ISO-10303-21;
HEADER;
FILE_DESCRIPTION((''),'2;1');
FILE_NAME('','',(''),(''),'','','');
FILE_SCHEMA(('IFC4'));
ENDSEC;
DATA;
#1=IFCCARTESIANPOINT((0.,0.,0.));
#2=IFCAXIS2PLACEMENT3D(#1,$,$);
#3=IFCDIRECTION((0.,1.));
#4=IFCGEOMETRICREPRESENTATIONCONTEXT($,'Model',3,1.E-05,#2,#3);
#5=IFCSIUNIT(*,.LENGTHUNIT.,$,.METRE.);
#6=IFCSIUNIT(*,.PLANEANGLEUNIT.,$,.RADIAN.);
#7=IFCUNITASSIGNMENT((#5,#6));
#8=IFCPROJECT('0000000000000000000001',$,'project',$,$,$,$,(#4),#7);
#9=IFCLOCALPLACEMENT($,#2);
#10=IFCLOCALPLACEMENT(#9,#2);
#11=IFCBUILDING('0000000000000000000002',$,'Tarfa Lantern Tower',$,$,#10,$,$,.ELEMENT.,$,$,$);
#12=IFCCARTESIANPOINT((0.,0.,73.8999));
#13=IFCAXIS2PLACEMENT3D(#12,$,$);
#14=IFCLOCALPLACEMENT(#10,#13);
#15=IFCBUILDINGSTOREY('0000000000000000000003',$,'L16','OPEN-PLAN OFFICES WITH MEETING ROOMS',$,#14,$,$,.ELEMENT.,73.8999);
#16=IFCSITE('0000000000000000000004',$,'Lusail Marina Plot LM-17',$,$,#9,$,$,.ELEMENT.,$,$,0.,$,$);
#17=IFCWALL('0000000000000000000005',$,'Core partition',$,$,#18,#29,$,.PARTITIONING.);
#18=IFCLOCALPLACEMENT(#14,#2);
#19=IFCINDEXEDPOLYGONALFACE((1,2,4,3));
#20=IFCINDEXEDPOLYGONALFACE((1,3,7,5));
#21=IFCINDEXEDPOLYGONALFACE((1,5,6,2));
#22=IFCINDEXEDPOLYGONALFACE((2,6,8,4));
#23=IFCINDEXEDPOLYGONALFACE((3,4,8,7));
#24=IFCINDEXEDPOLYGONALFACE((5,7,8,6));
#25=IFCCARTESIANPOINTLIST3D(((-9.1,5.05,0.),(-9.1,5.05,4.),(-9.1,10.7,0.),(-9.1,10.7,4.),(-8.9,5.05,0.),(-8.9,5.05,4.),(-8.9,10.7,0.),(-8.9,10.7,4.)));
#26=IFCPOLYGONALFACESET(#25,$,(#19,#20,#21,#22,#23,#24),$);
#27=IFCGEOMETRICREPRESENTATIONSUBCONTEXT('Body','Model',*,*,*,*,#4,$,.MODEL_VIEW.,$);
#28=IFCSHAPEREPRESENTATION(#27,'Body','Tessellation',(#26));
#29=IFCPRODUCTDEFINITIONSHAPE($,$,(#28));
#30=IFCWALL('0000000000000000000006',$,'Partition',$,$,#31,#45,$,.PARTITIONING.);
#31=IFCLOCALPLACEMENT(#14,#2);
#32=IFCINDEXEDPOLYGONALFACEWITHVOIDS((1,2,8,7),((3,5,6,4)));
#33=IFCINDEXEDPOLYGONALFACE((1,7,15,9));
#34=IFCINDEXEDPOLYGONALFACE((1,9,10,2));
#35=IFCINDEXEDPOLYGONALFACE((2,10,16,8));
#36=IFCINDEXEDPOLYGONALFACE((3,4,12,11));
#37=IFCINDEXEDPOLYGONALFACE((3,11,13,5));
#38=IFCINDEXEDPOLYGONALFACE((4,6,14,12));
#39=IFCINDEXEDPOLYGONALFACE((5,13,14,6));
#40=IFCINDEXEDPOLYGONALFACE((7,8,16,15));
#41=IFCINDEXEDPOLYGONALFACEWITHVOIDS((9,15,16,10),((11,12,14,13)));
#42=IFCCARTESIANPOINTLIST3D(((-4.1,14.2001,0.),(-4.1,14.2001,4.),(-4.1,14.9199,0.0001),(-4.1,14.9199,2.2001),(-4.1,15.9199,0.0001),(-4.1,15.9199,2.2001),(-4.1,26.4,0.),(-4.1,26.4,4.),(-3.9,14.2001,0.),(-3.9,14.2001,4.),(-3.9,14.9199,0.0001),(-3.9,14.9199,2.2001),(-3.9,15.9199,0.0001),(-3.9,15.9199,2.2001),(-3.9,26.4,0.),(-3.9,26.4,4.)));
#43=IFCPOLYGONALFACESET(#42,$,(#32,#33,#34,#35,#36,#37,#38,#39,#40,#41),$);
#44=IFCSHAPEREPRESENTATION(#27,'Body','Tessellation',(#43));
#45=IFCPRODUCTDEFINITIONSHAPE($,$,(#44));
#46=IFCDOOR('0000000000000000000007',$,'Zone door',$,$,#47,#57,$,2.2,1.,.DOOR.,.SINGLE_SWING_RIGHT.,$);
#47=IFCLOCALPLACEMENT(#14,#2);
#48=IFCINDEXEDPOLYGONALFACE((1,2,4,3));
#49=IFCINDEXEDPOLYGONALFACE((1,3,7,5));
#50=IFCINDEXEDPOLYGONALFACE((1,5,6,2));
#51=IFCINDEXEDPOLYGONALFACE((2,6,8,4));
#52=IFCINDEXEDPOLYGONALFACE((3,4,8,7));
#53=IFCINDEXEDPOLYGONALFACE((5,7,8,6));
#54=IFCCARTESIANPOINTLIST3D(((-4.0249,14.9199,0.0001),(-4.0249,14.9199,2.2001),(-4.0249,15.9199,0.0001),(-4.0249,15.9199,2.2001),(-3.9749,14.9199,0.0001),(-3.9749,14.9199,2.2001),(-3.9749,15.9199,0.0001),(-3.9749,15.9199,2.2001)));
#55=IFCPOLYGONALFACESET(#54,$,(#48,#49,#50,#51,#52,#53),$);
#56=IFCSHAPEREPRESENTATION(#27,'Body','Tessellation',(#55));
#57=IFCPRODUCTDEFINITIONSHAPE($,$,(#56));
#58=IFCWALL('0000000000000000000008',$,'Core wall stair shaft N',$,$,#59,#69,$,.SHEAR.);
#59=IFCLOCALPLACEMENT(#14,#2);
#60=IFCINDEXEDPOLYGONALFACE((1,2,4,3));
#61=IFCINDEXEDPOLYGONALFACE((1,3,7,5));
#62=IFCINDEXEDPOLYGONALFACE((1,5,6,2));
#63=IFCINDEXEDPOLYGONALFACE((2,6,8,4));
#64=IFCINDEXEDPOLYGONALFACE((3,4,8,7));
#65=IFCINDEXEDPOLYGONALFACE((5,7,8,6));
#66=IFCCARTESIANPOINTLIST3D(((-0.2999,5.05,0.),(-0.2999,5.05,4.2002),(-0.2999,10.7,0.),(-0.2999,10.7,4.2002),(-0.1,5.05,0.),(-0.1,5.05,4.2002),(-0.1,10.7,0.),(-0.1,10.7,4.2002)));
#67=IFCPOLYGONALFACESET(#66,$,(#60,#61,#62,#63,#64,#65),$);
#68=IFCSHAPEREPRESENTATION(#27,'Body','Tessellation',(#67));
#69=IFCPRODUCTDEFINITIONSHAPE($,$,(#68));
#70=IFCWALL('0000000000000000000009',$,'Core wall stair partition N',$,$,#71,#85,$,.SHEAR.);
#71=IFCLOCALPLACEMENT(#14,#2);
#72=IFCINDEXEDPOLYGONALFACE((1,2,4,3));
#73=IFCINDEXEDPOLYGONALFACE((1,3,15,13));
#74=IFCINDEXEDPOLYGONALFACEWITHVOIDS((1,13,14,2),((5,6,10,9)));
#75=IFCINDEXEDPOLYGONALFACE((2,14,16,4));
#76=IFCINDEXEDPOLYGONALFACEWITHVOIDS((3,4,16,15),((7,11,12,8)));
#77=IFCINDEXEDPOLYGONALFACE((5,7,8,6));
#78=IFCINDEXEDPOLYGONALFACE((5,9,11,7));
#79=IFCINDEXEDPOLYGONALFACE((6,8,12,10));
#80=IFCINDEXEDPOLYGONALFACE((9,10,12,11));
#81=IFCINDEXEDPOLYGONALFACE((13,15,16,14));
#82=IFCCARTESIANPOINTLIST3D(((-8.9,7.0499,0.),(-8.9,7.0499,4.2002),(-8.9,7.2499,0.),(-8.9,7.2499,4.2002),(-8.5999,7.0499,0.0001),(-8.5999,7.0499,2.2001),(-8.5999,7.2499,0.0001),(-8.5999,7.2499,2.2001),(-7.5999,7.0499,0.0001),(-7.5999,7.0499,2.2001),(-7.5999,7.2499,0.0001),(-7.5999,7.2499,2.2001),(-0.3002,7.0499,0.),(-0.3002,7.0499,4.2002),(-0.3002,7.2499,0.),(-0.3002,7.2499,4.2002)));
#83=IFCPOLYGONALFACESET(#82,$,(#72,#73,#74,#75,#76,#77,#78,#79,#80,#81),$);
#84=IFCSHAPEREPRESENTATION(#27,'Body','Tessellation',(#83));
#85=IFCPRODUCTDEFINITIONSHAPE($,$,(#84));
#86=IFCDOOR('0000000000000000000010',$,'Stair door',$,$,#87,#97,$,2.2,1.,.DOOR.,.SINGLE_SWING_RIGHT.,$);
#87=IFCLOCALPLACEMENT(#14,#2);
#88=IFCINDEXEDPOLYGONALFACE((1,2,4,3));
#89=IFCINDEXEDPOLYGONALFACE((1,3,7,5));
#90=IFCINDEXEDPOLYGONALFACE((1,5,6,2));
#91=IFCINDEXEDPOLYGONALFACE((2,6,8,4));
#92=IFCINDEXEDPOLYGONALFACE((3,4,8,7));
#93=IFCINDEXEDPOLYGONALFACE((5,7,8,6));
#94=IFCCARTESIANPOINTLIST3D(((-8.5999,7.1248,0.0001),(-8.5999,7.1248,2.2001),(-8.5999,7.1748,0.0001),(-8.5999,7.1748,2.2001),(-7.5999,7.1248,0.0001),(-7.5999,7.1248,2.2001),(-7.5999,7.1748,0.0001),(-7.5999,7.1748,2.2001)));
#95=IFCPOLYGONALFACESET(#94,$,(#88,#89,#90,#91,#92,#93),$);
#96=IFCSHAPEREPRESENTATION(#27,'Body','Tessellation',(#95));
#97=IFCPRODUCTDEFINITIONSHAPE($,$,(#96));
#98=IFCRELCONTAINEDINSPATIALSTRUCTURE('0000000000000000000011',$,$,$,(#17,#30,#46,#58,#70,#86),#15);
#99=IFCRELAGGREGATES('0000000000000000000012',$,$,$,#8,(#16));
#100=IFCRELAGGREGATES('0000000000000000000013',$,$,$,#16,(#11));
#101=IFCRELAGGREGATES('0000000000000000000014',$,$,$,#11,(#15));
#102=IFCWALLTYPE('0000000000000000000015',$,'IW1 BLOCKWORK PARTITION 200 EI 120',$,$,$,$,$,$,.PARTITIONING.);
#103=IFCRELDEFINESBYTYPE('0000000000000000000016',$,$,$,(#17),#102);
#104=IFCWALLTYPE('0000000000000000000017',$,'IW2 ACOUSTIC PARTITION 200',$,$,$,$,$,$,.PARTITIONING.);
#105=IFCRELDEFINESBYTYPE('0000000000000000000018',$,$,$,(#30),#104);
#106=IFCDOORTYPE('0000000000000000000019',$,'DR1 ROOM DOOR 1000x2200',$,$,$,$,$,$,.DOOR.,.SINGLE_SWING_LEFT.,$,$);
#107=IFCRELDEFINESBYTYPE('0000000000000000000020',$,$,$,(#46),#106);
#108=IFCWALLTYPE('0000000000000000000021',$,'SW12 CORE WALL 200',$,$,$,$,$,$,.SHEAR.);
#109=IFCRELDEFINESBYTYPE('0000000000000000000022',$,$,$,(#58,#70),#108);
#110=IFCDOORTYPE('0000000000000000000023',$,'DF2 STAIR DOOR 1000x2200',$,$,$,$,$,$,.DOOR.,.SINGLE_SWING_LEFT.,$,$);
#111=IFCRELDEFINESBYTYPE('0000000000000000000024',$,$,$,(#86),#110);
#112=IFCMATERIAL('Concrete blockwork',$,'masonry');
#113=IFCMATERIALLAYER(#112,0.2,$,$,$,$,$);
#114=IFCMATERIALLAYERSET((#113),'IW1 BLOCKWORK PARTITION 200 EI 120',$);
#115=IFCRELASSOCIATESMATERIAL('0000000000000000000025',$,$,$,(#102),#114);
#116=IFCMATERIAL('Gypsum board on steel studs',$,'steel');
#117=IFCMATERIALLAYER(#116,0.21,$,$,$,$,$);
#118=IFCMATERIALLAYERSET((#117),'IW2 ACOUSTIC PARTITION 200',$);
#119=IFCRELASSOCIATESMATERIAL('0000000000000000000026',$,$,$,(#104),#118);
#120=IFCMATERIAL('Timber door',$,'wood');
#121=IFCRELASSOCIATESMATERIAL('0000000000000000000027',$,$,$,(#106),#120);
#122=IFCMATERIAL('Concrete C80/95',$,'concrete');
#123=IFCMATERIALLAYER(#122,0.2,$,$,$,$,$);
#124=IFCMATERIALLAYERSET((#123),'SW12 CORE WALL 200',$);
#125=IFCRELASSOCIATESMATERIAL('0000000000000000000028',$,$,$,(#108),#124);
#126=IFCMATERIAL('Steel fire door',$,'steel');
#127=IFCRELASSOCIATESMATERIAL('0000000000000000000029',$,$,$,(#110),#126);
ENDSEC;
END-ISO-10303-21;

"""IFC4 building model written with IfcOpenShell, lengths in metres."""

from ifc_helpers import new_model, si_unit, direction, frame, frame_2d, origin, place, context, subcontext, project, spatial, rectangle, extrude, material, layer, layer_set, type_object, element, fill, save


model = new_model("IFC4")

# Units and contexts
model_context = context("Model", 3, precision=1e-05, world=origin(), true_north=direction((0.0, 1.0)))
body_context = subcontext(model_context, "Body", "Model", "MODEL_VIEW")
ifc_project = project(units=[si_unit("LENGTHUNIT", "METRE"), si_unit("PLANEANGLEUNIT", "RADIAN")], contexts=[model_context])

# Site, building, storey
site_placement = place(None, origin())
site = spatial("IfcSite", under=ifc_project, at=site_placement, Name="Lusail Marina Plot LM-17", CompositionType="ELEMENT", RefElevation=0.0)
building_placement = place(site_placement, origin())
building = spatial("IfcBuilding", under=site, at=building_placement, Name="Tarfa Lantern Tower", CompositionType="ELEMENT")
storey_placement = place(building_placement, frame((0.0, 0.0, 73.8999)))
storey = spatial("IfcBuildingStorey", under=building, at=storey_placement, Name="L16", Description="OPEN-PLAN OFFICES WITH MEETING ROOMS", CompositionType="ELEMENT", Elevation=73.8999)

# Wall
ifc_material_1 = material(Name="Concrete blockwork", Category="masonry")
ifc_layer_1 = layer(ifc_material_1, 0.2)
ifc_layer_set_1 = layer_set([ifc_layer_1], Name="IW1 BLOCKWORK PARTITION 200 EI 120")
wall_type_1 = type_object("IfcWallType", Name="IW1 BLOCKWORK PARTITION 200 EI 120", PredefinedType="PARTITIONING", material=ifc_layer_set_1)
wall_1_placement = place(storey_placement, frame((-9.0, 5.05, 0.0), z_axis=(0.0, 0.0, 1.0), x_axis=(0.0, 1.0, 0.0)))
element("IfcWall", 1, at=wall_1_placement, inside=storey, type_object=wall_type_1, Name="Core partition", PredefinedType="PARTITIONING", context=body_context, shape_type="SweptSolid", body=[
    extrude(rectangle(XDim=5.6499, YDim=0.2, at=frame_2d((2.825, 0.0))), origin(), (0.0, 0.0, 1.0), 4.0),
])

# Wall, opening, door
ifc_material_2 = material(Name="Gypsum board on steel studs", Category="steel")
ifc_layer_2 = layer(ifc_material_2, 0.21)
ifc_layer_set_2 = layer_set([ifc_layer_2], Name="IW2 ACOUSTIC PARTITION 200")
wall_type_2 = type_object("IfcWallType", Name="IW2 ACOUSTIC PARTITION 200", PredefinedType="PARTITIONING", material=ifc_layer_set_2)
wall_2_placement = place(storey_placement, frame((-4.0, 14.2, 0.0), z_axis=(0.0, 0.0, 1.0), x_axis=(0.0, 1.0, 0.0)))
wall_2 = element("IfcWall", 2, at=wall_2_placement, inside=storey, type_object=wall_type_2, Name="Partition", PredefinedType="PARTITIONING", context=body_context, shape_type="SweptSolid", body=[
    extrude(rectangle(XDim=12.2, YDim=0.2, at=frame_2d((6.1001, 0.0))), origin(), (0.0, 0.0, 1.0), 4.0),
])
opening_1_placement = place(wall_2_placement, frame((0.72, 0.0, 0.0)))
opening_1 = element("IfcOpeningElement", 3, at=opening_1_placement, cuts=wall_2, PredefinedType="OPENING", context=body_context, shape_type="SweptSolid", body=[
    extrude(rectangle(XDim=1.0, YDim=2.2, at=frame_2d((0.5, 1.1001))), frame((0.0, 0.1099, 0.0), z_axis=(0.0, -1.0, 0.0), x_axis=(1.0, 0.0, 0.0)), (0.0, 0.0, 1.0), 0.22),
])
ifc_material_3 = material(Name="Timber door", Category="wood")
door_type_1 = type_object("IfcDoorType", Name="DR1 ROOM DOOR 1000x2200", OperationType="SINGLE_SWING_LEFT", PredefinedType="DOOR", material=ifc_material_3)
door_1_placement = place(opening_1_placement, origin())
door_1 = element("IfcDoor", 4, at=door_1_placement, inside=storey, type_object=door_type_1, Name="Zone door", OperationType="SINGLE_SWING_RIGHT", OverallHeight=2.2, OverallWidth=1.0, PredefinedType="DOOR", context=body_context, shape_type="SweptSolid", body=[
    extrude(rectangle(XDim=1.0, YDim=2.2, at=frame_2d((0.5, 1.1001))), frame((0.0, 0.0249, 0.0), z_axis=(0.0, -1.0, 0.0), x_axis=(1.0, 0.0, 0.0)), (0.0, 0.0, 1.0), 0.05),
])
fill(opening_1, door_1)

# Wall
ifc_material_4 = material(Name="Concrete C80/95", Category="concrete")
ifc_layer_3 = layer(ifc_material_4, 0.2)
ifc_layer_set_3 = layer_set([ifc_layer_3], Name="SW12 CORE WALL 200")
wall_type_3 = type_object("IfcWallType", Name="SW12 CORE WALL 200", PredefinedType="SHEAR", material=ifc_layer_set_3)
wall_3_placement = place(storey_placement, frame((-0.2, 5.05, 0.0), z_axis=(0.0, 0.0, 1.0), x_axis=(0.0, 1.0, 0.0)))
element("IfcWall", 5, at=wall_3_placement, inside=storey, type_object=wall_type_3, Name="Core wall stair shaft N", PredefinedType="SHEAR", context=body_context, shape_type="SweptSolid", body=[
    extrude(rectangle(XDim=5.6499, YDim=0.2, at=frame_2d((2.825, 0.0))), origin(), (0.0, 0.0, 1.0), 4.2002),
])

# Wall, opening, door
wall_4_placement = place(storey_placement, frame((-8.8999, 7.1499, 0.0), z_axis=(0.0, 0.0, 1.0), x_axis=(1.0, 0.0, 0.0)))
wall_4 = element("IfcWall", 6, at=wall_4_placement, inside=storey, type_object=wall_type_3, Name="Core wall stair partition N", PredefinedType="SHEAR", context=body_context, shape_type="SweptSolid", body=[
    extrude(rectangle(XDim=8.5999, YDim=0.2, at=frame_2d((4.2998, 0.0))), origin(), (0.0, 0.0, 1.0), 4.2002),
])
opening_2_placement = place(wall_4_placement, frame((0.3, 0.0, 0.0)))
opening_2 = element("IfcOpeningElement", 7, at=opening_2_placement, cuts=wall_4, PredefinedType="OPENING", context=body_context, shape_type="SweptSolid", body=[
    extrude(rectangle(XDim=1.0, YDim=2.2, at=frame_2d((0.5, 1.1001))), frame((0.0, 0.1099, 0.0), z_axis=(0.0, -1.0, 0.0), x_axis=(1.0, 0.0, 0.0)), (0.0, 0.0, 1.0), 0.22),
])
ifc_material_5 = material(Name="Steel fire door", Category="steel")
door_type_2 = type_object("IfcDoorType", Name="DF2 STAIR DOOR 1000x2200", OperationType="SINGLE_SWING_LEFT", PredefinedType="DOOR", material=ifc_material_5)
door_2_placement = place(opening_2_placement, origin())
door_2 = element("IfcDoor", 8, at=door_2_placement, inside=storey, type_object=door_type_2, Name="Stair door", OperationType="SINGLE_SWING_RIGHT", OverallHeight=2.2, OverallWidth=1.0, PredefinedType="DOOR", context=body_context, shape_type="SweptSolid", body=[
    extrude(rectangle(XDim=1.0, YDim=2.2, at=frame_2d((0.5, 1.1001))), frame((0.0, 0.0249, 0.0), z_axis=(0.0, -1.0, 0.0), x_axis=(1.0, 0.0, 0.0)), (0.0, 0.0, 1.0), 0.05),
])
fill(opening_2, door_2)

save(model, "model.ifc")
